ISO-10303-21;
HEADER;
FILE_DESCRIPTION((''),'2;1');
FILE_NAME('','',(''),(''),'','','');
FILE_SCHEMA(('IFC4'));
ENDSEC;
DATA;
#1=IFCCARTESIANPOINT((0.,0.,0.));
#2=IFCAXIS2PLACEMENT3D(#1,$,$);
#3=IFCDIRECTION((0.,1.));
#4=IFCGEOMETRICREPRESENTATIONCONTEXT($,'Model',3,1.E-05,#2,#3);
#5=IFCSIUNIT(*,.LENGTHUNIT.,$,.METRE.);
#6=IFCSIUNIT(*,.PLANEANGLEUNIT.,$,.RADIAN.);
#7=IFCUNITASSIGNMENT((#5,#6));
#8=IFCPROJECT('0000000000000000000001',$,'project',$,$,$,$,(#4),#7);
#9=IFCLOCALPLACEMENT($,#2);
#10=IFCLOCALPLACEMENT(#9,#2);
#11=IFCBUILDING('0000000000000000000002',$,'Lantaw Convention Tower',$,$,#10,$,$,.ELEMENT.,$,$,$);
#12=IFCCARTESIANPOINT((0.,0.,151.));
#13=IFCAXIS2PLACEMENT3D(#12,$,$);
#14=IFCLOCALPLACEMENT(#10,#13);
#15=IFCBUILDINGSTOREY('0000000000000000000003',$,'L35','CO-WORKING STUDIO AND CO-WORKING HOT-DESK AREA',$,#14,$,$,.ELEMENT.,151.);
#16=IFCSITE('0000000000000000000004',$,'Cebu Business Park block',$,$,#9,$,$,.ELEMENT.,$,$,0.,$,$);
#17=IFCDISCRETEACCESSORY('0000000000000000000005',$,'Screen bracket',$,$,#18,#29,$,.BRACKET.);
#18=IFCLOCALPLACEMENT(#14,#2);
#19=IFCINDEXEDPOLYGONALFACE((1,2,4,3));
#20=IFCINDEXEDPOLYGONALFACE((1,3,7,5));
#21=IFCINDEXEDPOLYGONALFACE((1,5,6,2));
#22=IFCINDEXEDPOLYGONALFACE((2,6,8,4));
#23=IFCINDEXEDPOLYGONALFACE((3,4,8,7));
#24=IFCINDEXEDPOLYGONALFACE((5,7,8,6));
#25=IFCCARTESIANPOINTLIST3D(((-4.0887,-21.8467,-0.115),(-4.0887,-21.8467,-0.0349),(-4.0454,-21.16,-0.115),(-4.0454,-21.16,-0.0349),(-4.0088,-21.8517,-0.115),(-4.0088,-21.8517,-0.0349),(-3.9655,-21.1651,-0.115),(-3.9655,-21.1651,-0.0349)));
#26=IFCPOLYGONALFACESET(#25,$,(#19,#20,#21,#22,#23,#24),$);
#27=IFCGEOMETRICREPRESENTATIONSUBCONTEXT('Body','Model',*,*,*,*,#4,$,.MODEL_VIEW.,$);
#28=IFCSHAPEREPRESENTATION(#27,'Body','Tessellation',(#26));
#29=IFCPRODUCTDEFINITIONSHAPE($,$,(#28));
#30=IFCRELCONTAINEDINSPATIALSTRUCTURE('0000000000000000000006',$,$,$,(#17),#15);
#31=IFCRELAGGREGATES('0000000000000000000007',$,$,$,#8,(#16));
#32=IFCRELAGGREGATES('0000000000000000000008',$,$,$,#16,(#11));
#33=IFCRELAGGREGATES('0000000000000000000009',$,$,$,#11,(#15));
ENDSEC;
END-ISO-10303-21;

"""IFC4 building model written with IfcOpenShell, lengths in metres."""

from ifc_helpers import new_model, si_unit, direction, frame, origin, origin_2d, place, context, subcontext, project, spatial, rectangle, extrude, element, save


model = new_model("IFC4")

# Units and contexts
model_context = context("Model", 3, precision=1e-05, world=origin(), true_north=direction((0.0, 1.0)))
body_context = subcontext(model_context, "Body", "Model", "MODEL_VIEW")
ifc_project = project(units=[si_unit("LENGTHUNIT", "METRE"), si_unit("PLANEANGLEUNIT", "RADIAN")], contexts=[model_context])

# Site, building, storey
site_placement = place(None, origin())
site = spatial("IfcSite", under=ifc_project, at=site_placement, Name="Cebu Business Park block", CompositionType="ELEMENT", RefElevation=0.0)
building_placement = place(site_placement, origin())
building = spatial("IfcBuilding", under=site, at=building_placement, Name="Lantaw Convention Tower", CompositionType="ELEMENT")
storey_placement = place(building_placement, frame((0.0, 0.0, 151.0)))
storey = spatial("IfcBuildingStorey", under=building, at=storey_placement, Name="L35", Description="CO-WORKING STUDIO AND CO-WORKING HOT-DESK AREA", CompositionType="ELEMENT", Elevation=151.0)

# Discrete accessory
for number, where, z_axis, x_axis, name in (
    (1, (-4.0271, -21.5059, -0.115), (0.0, 0.0, 1.0), (0.998022, -0.062865, 0.0), "Screen bracket"),
):
    element("IfcDiscreteAccessory", number, at=place(storey_placement, frame(where, z_axis=z_axis, x_axis=x_axis)), inside=storey, Name=name, PredefinedType="BRACKET", context=body_context, shape_type="SweptSolid", body=[
        extrude(rectangle(XDim=0.0801, YDim=0.688, at=origin_2d()), origin(), (0.0, 0.0, 1.0), 0.0801),
    ])

save(model, "model.ifc")
